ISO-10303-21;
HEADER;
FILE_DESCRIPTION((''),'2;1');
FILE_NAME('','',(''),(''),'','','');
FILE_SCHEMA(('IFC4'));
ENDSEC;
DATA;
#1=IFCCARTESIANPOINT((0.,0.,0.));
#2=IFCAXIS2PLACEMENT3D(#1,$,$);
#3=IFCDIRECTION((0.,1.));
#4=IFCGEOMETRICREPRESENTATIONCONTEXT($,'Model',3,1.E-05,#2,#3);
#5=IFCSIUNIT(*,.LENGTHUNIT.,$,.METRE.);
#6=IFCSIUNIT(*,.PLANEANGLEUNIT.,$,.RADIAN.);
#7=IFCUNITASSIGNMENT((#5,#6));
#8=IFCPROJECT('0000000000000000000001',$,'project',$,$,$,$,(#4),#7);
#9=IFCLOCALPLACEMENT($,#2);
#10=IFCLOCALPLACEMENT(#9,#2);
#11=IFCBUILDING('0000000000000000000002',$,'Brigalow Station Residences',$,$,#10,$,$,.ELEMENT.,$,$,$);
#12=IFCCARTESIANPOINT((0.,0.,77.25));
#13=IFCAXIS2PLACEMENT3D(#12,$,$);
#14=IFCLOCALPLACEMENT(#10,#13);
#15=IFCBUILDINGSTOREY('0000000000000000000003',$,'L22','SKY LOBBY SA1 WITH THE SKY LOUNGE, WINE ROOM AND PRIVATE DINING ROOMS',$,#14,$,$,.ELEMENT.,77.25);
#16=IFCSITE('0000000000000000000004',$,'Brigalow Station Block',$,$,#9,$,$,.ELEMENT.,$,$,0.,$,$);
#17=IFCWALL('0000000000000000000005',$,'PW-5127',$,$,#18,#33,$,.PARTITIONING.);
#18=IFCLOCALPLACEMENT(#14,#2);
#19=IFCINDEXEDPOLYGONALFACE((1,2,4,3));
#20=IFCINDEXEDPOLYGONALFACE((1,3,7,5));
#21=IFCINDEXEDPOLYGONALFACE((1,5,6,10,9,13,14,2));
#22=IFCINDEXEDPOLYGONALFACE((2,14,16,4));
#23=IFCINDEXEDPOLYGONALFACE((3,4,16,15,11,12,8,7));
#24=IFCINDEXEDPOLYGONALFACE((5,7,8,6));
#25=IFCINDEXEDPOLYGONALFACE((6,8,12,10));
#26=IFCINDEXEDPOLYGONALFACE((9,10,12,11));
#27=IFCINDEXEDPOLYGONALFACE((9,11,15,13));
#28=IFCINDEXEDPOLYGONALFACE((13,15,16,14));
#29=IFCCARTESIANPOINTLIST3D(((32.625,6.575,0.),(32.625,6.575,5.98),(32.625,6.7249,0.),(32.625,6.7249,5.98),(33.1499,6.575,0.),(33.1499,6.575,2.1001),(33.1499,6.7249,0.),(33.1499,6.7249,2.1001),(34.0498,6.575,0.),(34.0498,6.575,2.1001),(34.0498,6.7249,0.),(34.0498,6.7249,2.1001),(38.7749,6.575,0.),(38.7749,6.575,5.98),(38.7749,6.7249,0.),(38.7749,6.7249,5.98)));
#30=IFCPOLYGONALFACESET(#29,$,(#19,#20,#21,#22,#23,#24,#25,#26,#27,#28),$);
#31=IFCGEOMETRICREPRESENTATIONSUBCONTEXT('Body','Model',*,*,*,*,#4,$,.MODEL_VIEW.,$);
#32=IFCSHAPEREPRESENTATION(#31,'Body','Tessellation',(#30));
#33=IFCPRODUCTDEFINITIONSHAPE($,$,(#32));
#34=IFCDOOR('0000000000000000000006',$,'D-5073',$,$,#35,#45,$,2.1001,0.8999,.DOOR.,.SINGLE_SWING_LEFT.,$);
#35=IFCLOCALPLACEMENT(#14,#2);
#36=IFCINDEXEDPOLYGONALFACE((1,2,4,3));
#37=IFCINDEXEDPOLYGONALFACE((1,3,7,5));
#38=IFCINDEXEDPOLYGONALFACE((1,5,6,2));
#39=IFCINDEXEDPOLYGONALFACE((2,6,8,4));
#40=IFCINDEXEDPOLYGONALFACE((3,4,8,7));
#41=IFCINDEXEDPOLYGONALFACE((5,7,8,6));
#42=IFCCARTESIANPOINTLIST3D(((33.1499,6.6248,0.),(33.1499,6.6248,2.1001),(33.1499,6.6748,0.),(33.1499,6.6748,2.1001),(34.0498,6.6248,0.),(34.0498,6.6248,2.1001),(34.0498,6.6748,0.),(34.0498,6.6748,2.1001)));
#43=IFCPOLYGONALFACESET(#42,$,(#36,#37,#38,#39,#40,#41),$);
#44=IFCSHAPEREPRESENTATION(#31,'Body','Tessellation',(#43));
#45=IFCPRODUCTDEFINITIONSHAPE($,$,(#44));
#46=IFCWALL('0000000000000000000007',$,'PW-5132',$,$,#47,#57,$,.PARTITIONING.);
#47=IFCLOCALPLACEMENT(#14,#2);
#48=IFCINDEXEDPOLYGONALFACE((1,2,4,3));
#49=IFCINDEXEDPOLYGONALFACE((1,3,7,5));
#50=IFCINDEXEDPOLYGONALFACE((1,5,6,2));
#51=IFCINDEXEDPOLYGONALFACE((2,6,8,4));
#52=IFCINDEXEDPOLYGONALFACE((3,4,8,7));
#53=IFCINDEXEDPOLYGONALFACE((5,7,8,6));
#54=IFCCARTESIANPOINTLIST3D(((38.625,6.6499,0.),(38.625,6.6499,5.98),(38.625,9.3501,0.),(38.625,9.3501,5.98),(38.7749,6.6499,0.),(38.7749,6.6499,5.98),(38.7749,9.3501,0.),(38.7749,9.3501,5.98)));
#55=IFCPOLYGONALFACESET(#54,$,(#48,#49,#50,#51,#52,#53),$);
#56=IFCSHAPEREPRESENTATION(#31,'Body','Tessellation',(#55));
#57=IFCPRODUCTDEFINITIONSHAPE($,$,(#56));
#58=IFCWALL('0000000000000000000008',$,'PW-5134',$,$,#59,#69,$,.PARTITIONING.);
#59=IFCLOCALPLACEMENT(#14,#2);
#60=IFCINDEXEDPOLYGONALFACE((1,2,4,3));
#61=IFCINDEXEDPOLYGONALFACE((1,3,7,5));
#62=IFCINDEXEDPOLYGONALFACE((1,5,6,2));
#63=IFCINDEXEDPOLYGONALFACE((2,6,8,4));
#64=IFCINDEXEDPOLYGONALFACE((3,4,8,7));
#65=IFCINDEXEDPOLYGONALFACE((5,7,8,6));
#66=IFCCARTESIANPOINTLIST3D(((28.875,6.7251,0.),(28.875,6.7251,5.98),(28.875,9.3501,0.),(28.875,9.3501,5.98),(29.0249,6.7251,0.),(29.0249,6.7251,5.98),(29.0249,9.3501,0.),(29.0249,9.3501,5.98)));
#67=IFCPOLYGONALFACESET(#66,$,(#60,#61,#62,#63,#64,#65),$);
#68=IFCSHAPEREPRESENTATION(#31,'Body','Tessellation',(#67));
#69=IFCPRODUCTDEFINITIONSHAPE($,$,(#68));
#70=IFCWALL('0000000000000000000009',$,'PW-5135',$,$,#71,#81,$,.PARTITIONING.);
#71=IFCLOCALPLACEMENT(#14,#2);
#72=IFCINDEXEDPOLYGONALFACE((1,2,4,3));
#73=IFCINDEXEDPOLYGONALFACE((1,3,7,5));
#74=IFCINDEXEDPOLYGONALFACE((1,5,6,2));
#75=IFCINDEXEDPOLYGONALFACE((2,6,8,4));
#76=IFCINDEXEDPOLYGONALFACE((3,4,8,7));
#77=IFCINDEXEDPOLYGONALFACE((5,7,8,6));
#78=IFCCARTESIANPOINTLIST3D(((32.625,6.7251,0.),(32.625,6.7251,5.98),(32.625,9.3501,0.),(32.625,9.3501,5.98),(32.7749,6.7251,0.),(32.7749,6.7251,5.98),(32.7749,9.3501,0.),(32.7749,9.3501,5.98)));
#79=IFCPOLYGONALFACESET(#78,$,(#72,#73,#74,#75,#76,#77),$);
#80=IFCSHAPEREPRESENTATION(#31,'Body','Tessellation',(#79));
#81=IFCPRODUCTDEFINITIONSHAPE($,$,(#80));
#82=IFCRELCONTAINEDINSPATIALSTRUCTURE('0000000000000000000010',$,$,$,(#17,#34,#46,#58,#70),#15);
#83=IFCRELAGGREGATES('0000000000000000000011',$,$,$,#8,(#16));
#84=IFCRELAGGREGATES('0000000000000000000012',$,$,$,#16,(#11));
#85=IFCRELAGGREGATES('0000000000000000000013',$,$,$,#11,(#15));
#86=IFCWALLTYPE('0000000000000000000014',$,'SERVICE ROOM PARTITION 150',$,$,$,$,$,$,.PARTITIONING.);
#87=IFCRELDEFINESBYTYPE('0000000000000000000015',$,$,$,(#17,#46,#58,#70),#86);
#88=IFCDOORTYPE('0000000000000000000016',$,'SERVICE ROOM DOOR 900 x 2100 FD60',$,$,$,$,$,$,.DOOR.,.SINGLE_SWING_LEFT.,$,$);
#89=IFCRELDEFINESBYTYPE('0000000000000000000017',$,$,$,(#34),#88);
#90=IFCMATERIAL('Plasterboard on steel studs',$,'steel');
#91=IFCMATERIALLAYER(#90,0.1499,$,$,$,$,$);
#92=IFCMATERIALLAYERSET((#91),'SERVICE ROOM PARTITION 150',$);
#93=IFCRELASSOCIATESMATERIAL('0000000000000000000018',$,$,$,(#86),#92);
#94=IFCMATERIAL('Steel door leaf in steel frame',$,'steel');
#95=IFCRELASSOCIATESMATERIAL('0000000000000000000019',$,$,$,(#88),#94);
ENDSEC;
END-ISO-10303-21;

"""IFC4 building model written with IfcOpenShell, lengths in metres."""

from ifc_helpers import new_model, si_unit, direction, frame, frame_2d, origin, place, context, subcontext, project, spatial, rectangle, extrude, material, layer, layer_set, type_object, element, fill, save


model = new_model("IFC4")

# Units and contexts
model_context = context("Model", 3, precision=1e-05, world=origin(), true_north=direction((0.0, 1.0)))
body_context = subcontext(model_context, "Body", "Model", "MODEL_VIEW")
ifc_project = project(units=[si_unit("LENGTHUNIT", "METRE"), si_unit("PLANEANGLEUNIT", "RADIAN")], contexts=[model_context])

# Site, building, storey
site_placement = place(None, origin())
site = spatial("IfcSite", under=ifc_project, at=site_placement, Name="Brigalow Station Block", CompositionType="ELEMENT", RefElevation=0.0)
building_placement = place(site_placement, origin())
building = spatial("IfcBuilding", under=site, at=building_placement, Name="Brigalow Station Residences", CompositionType="ELEMENT")
storey_placement = place(building_placement, frame((0.0, 0.0, 77.25)))
storey = spatial("IfcBuildingStorey", under=building, at=storey_placement, Name="L22", Description="SKY LOBBY SA1 WITH THE SKY LOUNGE, WINE ROOM AND PRIVATE DINING ROOMS", CompositionType="ELEMENT", Elevation=77.25)

# Wall, opening, door
ifc_material_1 = material(Name="Plasterboard on steel studs", Category="steel")
ifc_layer_1 = layer(ifc_material_1, 0.1499)
ifc_layer_set_1 = layer_set([ifc_layer_1], Name="SERVICE ROOM PARTITION 150")
wall_type_1 = type_object("IfcWallType", Name="SERVICE ROOM PARTITION 150", PredefinedType="PARTITIONING", material=ifc_layer_set_1)
wall_1_placement = place(storey_placement, frame((32.625, 6.6499, 0.0), z_axis=(0.0, 0.0, 1.0), x_axis=(1.0, 0.0, 0.0)))
wall_1 = element("IfcWall", 1, at=wall_1_placement, inside=storey, type_object=wall_type_1, Name="PW-5127", PredefinedType="PARTITIONING", context=body_context, shape_type="SweptSolid", body=[
    extrude(rectangle(XDim=6.1499, YDim=0.1499, at=frame_2d((3.075, 0.0))), origin(), (0.0, 0.0, 1.0), 5.98),
])
opening_1_placement = place(wall_1_placement, frame((0.5249, 0.0, 0.0)))
opening_1 = element("IfcOpeningElement", 2, at=opening_1_placement, cuts=wall_1, PredefinedType="OPENING", context=body_context, shape_type="SweptSolid", body=[
    extrude(rectangle(XDim=0.8999, YDim=2.1001, at=frame_2d((0.45, 1.05))), frame((0.0, 0.085, 0.0), z_axis=(0.0, -1.0, 0.0), x_axis=(1.0, 0.0, 0.0)), (0.0, 0.0, 1.0), 0.1699),
])
ifc_material_2 = material(Name="Steel door leaf in steel frame", Category="steel")
door_type_1 = type_object("IfcDoorType", Name="SERVICE ROOM DOOR 900 x 2100 FD60", OperationType="SINGLE_SWING_LEFT", PredefinedType="DOOR", material=ifc_material_2)
door_1_placement = place(opening_1_placement, origin())
door_1 = element("IfcDoor", 3, at=door_1_placement, inside=storey, type_object=door_type_1, Name="D-5073", OperationType="SINGLE_SWING_LEFT", OverallHeight=2.1001, OverallWidth=0.8999, PredefinedType="DOOR", context=body_context, shape_type="SweptSolid", body=[
    extrude(rectangle(XDim=0.8999, YDim=2.1001, at=frame_2d((0.45, 1.05))), frame((0.0, 0.0249, 0.0), z_axis=(0.0, -1.0, 0.0), x_axis=(1.0, 0.0, 0.0)), (0.0, 0.0, 1.0), 0.05),
])
fill(opening_1, door_1)

# Walls
wall_2_placement = place(storey_placement, frame((38.7, 6.6499, 0.0), z_axis=(0.0, 0.0, 1.0), x_axis=(0.0, 1.0, 0.0)))
element("IfcWall", 4, at=wall_2_placement, inside=storey, type_object=wall_type_1, Name="PW-5132", PredefinedType="PARTITIONING", context=body_context, shape_type="SweptSolid", body=[
    extrude(rectangle(XDim=2.7002, YDim=0.1499, at=frame_2d((1.3501, 0.0))), origin(), (0.0, 0.0, 1.0), 5.98),
])
for number, where, z_axis, x_axis, name in (
    (5, (28.95, 6.7251, 0.0), (0.0, 0.0, 1.0), (0.0, 1.0, 0.0), "PW-5134"),
    (6, (32.7, 6.7251, 0.0), (0.0, 0.0, 1.0), (0.0, 1.0, 0.0), "PW-5135"),
):
    element("IfcWall", number, at=place(storey_placement, frame(where, z_axis=z_axis, x_axis=x_axis)), inside=storey, type_object=wall_type_1, Name=name, PredefinedType="PARTITIONING", context=body_context, shape_type="SweptSolid", body=[
        extrude(rectangle(XDim=2.625, YDim=0.1499, at=frame_2d((1.3125, 0.0))), origin(), (0.0, 0.0, 1.0), 5.98),
    ])

save(model, "model.ifc")
